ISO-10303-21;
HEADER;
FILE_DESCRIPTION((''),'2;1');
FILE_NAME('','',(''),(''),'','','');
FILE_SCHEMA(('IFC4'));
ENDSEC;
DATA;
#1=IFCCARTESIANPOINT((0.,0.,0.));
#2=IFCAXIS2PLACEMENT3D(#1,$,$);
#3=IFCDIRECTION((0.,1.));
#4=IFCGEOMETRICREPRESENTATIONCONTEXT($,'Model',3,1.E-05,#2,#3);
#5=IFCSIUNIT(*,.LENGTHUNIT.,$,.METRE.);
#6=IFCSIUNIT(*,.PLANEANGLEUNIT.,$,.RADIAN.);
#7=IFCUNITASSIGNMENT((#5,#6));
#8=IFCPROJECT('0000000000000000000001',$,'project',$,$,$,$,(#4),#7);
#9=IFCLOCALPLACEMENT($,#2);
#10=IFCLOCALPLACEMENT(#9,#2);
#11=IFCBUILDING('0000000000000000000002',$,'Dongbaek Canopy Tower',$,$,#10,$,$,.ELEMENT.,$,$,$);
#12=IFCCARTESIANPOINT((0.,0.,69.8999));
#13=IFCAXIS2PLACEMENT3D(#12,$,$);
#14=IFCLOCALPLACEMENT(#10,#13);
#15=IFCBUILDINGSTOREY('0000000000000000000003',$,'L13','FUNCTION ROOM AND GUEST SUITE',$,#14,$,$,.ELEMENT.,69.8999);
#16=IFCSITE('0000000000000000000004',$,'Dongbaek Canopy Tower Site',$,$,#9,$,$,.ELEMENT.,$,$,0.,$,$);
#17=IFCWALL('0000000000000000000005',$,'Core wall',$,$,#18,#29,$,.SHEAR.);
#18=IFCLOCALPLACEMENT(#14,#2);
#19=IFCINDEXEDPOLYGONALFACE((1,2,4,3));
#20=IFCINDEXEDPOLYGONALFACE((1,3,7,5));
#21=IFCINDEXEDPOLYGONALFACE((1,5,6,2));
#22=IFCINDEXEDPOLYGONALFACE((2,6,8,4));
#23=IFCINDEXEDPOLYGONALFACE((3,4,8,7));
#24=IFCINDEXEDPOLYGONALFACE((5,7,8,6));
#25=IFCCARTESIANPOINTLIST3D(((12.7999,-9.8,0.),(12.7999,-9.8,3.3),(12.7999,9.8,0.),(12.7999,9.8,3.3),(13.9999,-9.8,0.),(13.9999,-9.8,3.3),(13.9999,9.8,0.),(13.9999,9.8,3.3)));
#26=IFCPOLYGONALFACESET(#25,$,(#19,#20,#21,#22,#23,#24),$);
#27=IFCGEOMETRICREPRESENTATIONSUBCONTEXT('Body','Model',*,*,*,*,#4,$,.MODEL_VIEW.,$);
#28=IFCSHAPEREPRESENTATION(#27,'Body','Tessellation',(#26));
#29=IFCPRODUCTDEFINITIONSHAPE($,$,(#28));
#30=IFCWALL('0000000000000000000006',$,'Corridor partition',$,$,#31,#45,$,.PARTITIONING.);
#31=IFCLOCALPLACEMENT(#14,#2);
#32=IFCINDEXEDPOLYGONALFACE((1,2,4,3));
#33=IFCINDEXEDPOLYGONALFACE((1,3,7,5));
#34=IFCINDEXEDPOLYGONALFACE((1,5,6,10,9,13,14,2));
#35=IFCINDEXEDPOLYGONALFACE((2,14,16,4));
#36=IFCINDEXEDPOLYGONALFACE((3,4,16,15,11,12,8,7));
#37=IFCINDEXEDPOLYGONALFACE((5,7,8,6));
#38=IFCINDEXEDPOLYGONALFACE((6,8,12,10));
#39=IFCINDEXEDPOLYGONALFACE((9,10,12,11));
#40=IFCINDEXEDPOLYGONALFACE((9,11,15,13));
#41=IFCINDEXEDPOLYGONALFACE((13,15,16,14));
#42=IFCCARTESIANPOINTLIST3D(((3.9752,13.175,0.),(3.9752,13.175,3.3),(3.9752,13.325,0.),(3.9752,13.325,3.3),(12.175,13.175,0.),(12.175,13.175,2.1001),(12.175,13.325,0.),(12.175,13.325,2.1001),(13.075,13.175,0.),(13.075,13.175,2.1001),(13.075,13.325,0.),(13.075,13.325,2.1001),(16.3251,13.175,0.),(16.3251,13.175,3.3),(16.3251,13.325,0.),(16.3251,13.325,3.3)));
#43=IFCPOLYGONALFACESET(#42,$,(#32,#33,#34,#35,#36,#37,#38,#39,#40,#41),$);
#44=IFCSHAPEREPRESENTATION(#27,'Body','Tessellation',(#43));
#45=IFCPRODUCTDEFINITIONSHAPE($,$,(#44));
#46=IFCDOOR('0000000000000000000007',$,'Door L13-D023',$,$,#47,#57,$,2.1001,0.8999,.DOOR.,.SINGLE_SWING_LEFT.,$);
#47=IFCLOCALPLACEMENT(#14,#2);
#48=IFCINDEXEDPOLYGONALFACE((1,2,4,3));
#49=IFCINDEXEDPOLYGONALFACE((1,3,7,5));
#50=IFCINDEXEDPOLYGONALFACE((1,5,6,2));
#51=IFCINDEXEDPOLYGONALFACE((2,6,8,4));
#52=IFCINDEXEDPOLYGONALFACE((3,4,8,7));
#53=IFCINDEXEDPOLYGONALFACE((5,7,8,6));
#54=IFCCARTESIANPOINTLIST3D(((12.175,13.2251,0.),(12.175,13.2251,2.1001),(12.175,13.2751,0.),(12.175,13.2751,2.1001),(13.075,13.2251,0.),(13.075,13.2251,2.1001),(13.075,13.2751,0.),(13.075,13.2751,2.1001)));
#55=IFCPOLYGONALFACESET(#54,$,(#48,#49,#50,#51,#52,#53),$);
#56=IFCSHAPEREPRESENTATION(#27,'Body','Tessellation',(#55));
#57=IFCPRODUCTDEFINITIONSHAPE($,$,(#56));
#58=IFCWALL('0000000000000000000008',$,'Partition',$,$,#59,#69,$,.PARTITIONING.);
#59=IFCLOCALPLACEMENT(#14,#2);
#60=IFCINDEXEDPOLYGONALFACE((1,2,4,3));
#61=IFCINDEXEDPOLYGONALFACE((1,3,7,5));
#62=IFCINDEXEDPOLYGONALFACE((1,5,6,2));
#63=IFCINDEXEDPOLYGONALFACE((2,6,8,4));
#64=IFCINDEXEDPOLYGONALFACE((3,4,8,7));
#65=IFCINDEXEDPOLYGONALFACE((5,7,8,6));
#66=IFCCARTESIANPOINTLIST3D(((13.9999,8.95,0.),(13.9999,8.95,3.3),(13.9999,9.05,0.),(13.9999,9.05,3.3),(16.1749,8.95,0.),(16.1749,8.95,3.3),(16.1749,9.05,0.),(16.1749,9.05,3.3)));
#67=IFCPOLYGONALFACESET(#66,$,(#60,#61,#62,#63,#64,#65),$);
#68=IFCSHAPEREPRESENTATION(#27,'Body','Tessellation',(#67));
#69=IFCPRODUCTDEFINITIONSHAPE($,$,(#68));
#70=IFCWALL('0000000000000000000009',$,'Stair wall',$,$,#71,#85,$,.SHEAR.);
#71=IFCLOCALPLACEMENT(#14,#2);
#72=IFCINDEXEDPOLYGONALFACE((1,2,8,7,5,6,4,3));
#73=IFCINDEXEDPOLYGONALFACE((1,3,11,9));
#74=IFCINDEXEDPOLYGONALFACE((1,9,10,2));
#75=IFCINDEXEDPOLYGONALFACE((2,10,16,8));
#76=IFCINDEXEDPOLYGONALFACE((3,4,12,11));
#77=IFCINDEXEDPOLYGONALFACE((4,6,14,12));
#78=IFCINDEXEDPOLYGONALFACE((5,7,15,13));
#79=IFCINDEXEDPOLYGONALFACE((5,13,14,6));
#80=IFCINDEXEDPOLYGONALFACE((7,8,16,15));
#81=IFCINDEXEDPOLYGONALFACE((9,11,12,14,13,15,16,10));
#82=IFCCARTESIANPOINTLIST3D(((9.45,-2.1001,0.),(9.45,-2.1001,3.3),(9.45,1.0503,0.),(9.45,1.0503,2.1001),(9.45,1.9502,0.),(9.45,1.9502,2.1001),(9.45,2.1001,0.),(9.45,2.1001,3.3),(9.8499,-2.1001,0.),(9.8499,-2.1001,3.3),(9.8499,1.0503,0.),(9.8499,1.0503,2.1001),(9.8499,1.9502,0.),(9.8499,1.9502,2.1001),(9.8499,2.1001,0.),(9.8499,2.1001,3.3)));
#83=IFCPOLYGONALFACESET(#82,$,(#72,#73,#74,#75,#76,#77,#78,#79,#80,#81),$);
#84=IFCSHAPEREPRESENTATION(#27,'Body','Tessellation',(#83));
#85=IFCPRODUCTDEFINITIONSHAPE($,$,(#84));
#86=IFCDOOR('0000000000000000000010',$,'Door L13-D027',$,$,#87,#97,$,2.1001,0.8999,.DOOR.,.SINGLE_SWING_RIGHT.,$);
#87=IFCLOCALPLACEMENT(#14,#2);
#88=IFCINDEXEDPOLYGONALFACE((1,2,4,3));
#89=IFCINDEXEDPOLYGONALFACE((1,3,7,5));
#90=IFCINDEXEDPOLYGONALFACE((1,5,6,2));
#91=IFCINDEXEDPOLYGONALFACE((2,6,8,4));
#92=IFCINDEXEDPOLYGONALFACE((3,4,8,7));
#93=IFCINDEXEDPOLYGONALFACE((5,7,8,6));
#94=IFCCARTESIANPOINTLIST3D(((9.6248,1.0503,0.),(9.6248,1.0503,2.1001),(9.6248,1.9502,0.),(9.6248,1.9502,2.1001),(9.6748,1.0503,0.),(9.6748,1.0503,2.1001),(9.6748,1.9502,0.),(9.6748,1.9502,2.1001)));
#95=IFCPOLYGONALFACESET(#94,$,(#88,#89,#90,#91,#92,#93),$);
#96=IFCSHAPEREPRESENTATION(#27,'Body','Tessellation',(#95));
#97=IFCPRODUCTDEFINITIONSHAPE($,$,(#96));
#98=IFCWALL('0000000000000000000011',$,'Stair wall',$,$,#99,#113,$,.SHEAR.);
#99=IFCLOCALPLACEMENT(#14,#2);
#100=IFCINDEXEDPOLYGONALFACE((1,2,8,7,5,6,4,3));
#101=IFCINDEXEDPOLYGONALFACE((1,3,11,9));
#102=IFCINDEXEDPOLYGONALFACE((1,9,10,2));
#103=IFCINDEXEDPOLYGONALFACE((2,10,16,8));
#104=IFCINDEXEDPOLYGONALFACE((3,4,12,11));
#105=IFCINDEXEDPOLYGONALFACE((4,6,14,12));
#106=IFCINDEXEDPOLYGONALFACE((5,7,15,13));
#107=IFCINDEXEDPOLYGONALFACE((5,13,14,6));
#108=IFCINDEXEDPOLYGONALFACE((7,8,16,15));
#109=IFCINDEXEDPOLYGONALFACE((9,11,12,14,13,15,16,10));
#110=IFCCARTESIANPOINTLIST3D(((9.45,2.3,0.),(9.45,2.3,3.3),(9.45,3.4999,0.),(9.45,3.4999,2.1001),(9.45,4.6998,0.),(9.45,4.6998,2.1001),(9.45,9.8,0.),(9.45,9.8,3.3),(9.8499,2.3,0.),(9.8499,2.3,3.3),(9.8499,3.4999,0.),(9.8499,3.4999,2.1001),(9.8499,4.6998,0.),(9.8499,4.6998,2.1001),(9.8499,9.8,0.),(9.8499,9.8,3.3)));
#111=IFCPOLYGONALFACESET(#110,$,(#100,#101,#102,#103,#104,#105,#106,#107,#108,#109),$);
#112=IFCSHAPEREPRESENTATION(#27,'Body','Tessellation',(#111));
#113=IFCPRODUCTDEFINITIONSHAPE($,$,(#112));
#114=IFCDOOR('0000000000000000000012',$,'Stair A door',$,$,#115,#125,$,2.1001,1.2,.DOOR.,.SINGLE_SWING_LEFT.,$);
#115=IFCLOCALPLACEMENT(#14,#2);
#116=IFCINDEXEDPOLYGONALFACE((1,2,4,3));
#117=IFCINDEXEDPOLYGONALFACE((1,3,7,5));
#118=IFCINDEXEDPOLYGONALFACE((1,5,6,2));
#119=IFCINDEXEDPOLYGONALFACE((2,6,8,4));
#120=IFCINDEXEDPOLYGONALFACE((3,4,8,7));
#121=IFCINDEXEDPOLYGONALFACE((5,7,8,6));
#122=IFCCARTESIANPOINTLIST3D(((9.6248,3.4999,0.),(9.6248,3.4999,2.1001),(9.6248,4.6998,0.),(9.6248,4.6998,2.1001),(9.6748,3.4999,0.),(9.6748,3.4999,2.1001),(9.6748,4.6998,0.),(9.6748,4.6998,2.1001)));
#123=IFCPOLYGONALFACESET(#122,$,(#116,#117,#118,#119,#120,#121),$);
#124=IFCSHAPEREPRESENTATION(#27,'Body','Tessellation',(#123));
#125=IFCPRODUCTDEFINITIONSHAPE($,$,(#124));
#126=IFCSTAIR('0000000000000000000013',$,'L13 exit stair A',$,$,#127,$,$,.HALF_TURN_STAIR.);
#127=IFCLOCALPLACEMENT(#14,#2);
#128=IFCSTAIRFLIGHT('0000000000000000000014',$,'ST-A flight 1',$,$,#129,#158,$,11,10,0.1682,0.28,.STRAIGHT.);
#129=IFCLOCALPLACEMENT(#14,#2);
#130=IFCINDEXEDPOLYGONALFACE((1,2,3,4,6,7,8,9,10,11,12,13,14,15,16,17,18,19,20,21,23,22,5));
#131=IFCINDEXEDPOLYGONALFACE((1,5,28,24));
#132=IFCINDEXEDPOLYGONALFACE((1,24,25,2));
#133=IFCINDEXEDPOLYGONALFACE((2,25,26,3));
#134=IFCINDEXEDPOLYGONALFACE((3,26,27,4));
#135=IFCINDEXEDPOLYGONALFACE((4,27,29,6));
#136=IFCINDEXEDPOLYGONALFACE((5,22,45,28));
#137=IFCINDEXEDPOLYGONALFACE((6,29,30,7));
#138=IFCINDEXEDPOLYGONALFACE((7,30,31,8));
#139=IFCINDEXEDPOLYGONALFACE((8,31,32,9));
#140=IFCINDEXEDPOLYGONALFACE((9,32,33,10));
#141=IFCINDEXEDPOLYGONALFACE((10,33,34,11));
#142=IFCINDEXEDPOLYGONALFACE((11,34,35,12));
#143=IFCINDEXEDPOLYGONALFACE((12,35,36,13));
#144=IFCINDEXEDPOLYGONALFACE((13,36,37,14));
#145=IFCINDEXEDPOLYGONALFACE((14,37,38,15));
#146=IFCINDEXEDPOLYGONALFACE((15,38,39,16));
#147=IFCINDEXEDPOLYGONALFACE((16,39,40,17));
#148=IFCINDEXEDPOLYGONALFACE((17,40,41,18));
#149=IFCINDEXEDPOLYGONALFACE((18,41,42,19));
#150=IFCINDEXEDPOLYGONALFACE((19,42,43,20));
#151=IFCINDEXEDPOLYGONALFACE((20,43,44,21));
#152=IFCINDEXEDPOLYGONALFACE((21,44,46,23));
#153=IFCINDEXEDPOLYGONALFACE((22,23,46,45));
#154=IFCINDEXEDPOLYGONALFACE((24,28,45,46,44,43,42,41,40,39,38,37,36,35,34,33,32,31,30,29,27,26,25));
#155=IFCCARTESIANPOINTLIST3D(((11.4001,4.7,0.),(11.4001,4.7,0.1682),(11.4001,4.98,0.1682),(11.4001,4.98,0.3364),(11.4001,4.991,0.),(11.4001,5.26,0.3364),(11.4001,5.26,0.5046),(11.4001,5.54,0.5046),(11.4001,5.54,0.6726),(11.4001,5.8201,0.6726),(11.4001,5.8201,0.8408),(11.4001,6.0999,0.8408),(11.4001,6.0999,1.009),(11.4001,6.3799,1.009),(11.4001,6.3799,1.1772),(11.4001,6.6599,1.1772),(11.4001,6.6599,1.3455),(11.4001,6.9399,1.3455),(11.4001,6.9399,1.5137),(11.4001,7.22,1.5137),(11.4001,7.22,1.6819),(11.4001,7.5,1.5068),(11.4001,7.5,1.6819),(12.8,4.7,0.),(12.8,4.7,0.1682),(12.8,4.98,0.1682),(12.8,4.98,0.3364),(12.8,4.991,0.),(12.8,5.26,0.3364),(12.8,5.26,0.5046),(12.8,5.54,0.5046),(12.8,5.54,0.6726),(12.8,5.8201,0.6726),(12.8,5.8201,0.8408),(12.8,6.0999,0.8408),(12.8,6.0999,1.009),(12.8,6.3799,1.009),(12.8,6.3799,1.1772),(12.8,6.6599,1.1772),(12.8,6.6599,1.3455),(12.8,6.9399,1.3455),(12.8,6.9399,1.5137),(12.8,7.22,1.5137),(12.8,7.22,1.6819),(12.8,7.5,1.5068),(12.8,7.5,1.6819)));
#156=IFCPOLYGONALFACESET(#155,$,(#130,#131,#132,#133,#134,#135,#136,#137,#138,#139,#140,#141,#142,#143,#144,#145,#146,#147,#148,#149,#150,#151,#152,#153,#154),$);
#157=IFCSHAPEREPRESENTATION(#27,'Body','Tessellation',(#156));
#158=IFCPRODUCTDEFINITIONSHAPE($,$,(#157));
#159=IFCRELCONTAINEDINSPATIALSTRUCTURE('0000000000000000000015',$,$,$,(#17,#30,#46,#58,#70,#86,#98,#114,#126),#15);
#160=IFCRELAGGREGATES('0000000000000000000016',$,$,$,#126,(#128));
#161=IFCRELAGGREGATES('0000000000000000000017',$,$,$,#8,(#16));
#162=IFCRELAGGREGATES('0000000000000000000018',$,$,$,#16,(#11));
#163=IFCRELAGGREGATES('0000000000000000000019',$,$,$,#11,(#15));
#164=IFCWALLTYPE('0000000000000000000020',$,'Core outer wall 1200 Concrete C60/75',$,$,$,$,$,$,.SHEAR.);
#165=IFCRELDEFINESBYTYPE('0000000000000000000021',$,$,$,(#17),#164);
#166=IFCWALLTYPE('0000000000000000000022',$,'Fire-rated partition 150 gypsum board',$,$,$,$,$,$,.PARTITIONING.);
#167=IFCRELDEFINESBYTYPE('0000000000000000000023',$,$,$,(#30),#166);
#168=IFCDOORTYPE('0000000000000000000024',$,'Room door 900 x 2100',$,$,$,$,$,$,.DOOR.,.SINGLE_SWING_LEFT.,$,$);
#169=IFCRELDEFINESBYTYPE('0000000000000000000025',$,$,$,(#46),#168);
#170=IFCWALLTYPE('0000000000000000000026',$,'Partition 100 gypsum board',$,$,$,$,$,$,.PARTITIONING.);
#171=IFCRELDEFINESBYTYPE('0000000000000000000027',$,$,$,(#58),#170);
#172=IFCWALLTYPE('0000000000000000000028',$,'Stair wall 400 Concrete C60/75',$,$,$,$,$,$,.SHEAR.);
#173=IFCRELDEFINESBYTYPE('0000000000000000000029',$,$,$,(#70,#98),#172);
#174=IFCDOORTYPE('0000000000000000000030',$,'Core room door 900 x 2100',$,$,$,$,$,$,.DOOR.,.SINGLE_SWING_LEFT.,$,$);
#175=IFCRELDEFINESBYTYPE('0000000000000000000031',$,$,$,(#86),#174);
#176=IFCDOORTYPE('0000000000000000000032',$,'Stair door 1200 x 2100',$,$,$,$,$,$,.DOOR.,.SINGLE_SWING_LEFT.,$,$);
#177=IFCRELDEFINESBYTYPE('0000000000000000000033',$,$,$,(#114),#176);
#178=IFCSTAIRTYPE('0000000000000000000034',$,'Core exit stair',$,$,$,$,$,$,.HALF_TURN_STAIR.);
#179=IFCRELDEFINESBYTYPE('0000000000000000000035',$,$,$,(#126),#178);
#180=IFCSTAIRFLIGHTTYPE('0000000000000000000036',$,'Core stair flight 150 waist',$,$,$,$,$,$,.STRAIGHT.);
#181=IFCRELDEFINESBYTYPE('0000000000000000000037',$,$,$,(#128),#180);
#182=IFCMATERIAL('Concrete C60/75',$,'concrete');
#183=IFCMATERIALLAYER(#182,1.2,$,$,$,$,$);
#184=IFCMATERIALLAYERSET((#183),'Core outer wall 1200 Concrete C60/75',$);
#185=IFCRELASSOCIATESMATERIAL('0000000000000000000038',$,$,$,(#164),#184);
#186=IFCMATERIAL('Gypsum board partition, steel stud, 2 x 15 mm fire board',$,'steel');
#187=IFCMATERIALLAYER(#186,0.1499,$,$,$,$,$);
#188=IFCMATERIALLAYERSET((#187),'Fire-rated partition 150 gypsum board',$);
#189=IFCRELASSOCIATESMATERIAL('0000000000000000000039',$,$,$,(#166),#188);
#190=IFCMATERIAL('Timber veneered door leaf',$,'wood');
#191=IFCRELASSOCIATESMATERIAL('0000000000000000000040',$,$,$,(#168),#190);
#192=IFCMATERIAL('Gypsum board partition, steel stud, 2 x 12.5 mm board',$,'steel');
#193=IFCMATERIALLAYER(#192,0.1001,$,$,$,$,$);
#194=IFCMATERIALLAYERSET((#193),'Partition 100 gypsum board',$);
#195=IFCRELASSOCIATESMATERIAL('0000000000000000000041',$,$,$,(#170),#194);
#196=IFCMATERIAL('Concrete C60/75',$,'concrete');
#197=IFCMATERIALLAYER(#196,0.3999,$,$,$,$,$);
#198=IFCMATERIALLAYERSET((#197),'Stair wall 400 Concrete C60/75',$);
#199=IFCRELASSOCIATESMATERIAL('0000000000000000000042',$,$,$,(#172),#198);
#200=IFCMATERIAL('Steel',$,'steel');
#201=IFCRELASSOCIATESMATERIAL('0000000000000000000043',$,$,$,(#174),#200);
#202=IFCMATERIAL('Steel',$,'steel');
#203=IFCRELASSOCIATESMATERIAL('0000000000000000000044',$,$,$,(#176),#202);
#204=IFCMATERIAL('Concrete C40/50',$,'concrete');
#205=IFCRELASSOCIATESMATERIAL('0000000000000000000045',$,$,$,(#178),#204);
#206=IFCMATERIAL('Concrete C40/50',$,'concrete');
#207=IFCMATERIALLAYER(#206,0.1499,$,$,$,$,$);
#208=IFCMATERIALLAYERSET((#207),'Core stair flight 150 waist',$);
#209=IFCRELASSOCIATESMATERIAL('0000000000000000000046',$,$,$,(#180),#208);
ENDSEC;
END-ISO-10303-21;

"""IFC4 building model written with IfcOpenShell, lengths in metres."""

from ifc_helpers import new_model, si_unit, direction, frame, frame_2d, origin, place, context, subcontext, project, spatial, polyline, rectangle, outline, extrude, material, layer, layer_set, type_object, element, fill, aggregate, save


model = new_model("IFC4")

# Units and contexts
model_context = context("Model", 3, precision=1e-05, world=origin(), true_north=direction((0.0, 1.0)))
body_context = subcontext(model_context, "Body", "Model", "MODEL_VIEW")
ifc_project = project(units=[si_unit("LENGTHUNIT", "METRE"), si_unit("PLANEANGLEUNIT", "RADIAN")], contexts=[model_context])

# Site, building, storey
site_placement = place(None, origin())
site = spatial("IfcSite", under=ifc_project, at=site_placement, Name="Dongbaek Canopy Tower Site", CompositionType="ELEMENT", RefElevation=0.0)
building_placement = place(site_placement, origin())
building = spatial("IfcBuilding", under=site, at=building_placement, Name="Dongbaek Canopy Tower", CompositionType="ELEMENT")
storey_placement = place(building_placement, frame((0.0, 0.0, 69.8999)))
storey = spatial("IfcBuildingStorey", under=building, at=storey_placement, Name="L13", Description="FUNCTION ROOM AND GUEST SUITE", CompositionType="ELEMENT", Elevation=69.8999)

# Wall
ifc_material_1 = material(Name="Concrete C60/75", Category="concrete")
ifc_layer_1 = layer(ifc_material_1, 1.2)
ifc_layer_set_1 = layer_set([ifc_layer_1], Name="Core outer wall 1200 Concrete C60/75")
wall_type_1 = type_object("IfcWallType", Name="Core outer wall 1200 Concrete C60/75", PredefinedType="SHEAR", material=ifc_layer_set_1)
wall_1_placement = place(storey_placement, frame((13.3999, 9.8, 0.0), z_axis=(0.0, 0.0, 1.0), x_axis=(0.0, -1.0, 0.0)))
element("IfcWall", 1, at=wall_1_placement, inside=storey, type_object=wall_type_1, Name="Core wall", PredefinedType="SHEAR", context=body_context, shape_type="SweptSolid", body=[
    extrude(rectangle(XDim=19.6001, YDim=1.2, at=frame_2d((9.8, 0.0))), origin(), (0.0, 0.0, 1.0), 3.3),
])

# Wall, opening, door
ifc_material_2 = material(Name="Gypsum board partition, steel stud, 2 x 15 mm fire board", Category="steel")
ifc_layer_2 = layer(ifc_material_2, 0.1499)
ifc_layer_set_2 = layer_set([ifc_layer_2], Name="Fire-rated partition 150 gypsum board")
wall_type_2 = type_object("IfcWallType", Name="Fire-rated partition 150 gypsum board", PredefinedType="PARTITIONING", material=ifc_layer_set_2)
wall_2_placement = place(storey_placement, frame((16.325, 13.25, 0.0), z_axis=(0.0, 0.0, 1.0), x_axis=(-1.0, 0.0, 0.0)))
wall_2 = element("IfcWall", 2, at=wall_2_placement, inside=storey, type_object=wall_type_2, Name="Corridor partition", PredefinedType="PARTITIONING", context=body_context, shape_type="SweptSolid", body=[
    extrude(rectangle(XDim=12.3499, YDim=0.1499, at=frame_2d((6.1748, 0.0))), origin(), (0.0, 0.0, 1.0), 3.3),
])
opening_1_placement = place(wall_2_placement, frame((3.25, 0.0, 0.0)))
opening_1 = element("IfcOpeningElement", 3, at=opening_1_placement, cuts=wall_2, PredefinedType="OPENING", context=body_context, shape_type="SweptSolid", body=[
    extrude(rectangle(XDim=0.8999, YDim=2.1001, at=frame_2d((0.45, 1.05))), frame((0.0, 0.085, 0.0), z_axis=(0.0, -1.0, 0.0), x_axis=(1.0, 0.0, 0.0)), (0.0, 0.0, 1.0), 0.1699),
])
ifc_material_3 = material(Name="Timber veneered door leaf", Category="wood")
door_type_1 = type_object("IfcDoorType", Name="Room door 900 x 2100", OperationType="SINGLE_SWING_LEFT", PredefinedType="DOOR", material=ifc_material_3)
door_1_placement = place(opening_1_placement, origin())
door_1 = element("IfcDoor", 4, at=door_1_placement, inside=storey, type_object=door_type_1, Name="Door L13-D023", OperationType="SINGLE_SWING_LEFT", OverallHeight=2.1001, OverallWidth=0.8999, PredefinedType="DOOR", context=body_context, shape_type="SweptSolid", body=[
    extrude(rectangle(XDim=0.8999, YDim=2.1001, at=frame_2d((0.45, 1.05))), frame((0.0, 0.0249, 0.0), z_axis=(0.0, -1.0, 0.0), x_axis=(1.0, 0.0, 0.0)), (0.0, 0.0, 1.0), 0.05),
])
fill(opening_1, door_1)

# Wall
ifc_material_4 = material(Name="Gypsum board partition, steel stud, 2 x 12.5 mm board", Category="steel")
ifc_layer_3 = layer(ifc_material_4, 0.1001)
ifc_layer_set_3 = layer_set([ifc_layer_3], Name="Partition 100 gypsum board")
wall_type_3 = type_object("IfcWallType", Name="Partition 100 gypsum board", PredefinedType="PARTITIONING", material=ifc_layer_set_3)
wall_3_placement = place(storey_placement, frame((14.0, 9.0, 0.0), z_axis=(0.0, 0.0, 1.0), x_axis=(1.0, 0.0, 0.0)))
element("IfcWall", 5, at=wall_3_placement, inside=storey, type_object=wall_type_3, Name="Partition", PredefinedType="PARTITIONING", context=body_context, shape_type="SweptSolid", body=[
    extrude(rectangle(XDim=2.175, YDim=0.1001, at=frame_2d((1.0874, 0.0))), origin(), (0.0, 0.0, 1.0), 3.3),
])

# Walls, openings, doors
ifc_material_5 = material(Name="Concrete C60/75", Category="concrete")
ifc_layer_4 = layer(ifc_material_5, 0.3999)
ifc_layer_set_4 = layer_set([ifc_layer_4], Name="Stair wall 400 Concrete C60/75")
wall_type_4 = type_object("IfcWallType", Name="Stair wall 400 Concrete C60/75", PredefinedType="SHEAR", material=ifc_layer_set_4)
wall_4_placement = place(storey_placement, frame((9.6499, 2.1001, 0.0), z_axis=(0.0, 0.0, 1.0), x_axis=(0.0, -1.0, 0.0)))
wall_4 = element("IfcWall", 6, at=wall_4_placement, inside=storey, type_object=wall_type_4, Name="Stair wall", PredefinedType="SHEAR", context=body_context, shape_type="SweptSolid", body=[
    extrude(rectangle(XDim=4.2002, YDim=0.3999, at=frame_2d((2.1001, 0.0))), origin(), (0.0, 0.0, 1.0), 3.3),
])
opening_2_placement = place(wall_4_placement, frame((0.1499, 0.0, 0.0)))
opening_2 = element("IfcOpeningElement", 7, at=opening_2_placement, cuts=wall_4, PredefinedType="OPENING", context=body_context, shape_type="SweptSolid", body=[
    extrude(rectangle(XDim=0.8999, YDim=2.1001, at=frame_2d((0.45, 1.05))), frame((0.0, 0.21, 0.0), z_axis=(0.0, -1.0, 0.0), x_axis=(1.0, 0.0, 0.0)), (0.0, 0.0, 1.0), 0.4199),
])
ifc_material_6 = material(Name="Steel", Category="steel")
door_type_2 = type_object("IfcDoorType", Name="Core room door 900 x 2100", OperationType="SINGLE_SWING_LEFT", PredefinedType="DOOR", material=ifc_material_6)
door_2_placement = place(opening_2_placement, origin())
door_2 = element("IfcDoor", 8, at=door_2_placement, inside=storey, type_object=door_type_2, Name="Door L13-D027", OperationType="SINGLE_SWING_RIGHT", OverallHeight=2.1001, OverallWidth=0.8999, PredefinedType="DOOR", context=body_context, shape_type="SweptSolid", body=[
    extrude(rectangle(XDim=0.8999, YDim=2.1001, at=frame_2d((0.45, 1.05))), frame((0.0, 0.0249, 0.0), z_axis=(0.0, -1.0, 0.0), x_axis=(1.0, 0.0, 0.0)), (0.0, 0.0, 1.0), 0.05),
])
fill(opening_2, door_2)
wall_5_placement = place(storey_placement, frame((9.6499, 9.8, 0.0), z_axis=(0.0, 0.0, 1.0), x_axis=(0.0, -1.0, 0.0)))
wall_5 = element("IfcWall", 9, at=wall_5_placement, inside=storey, type_object=wall_type_4, Name="Stair wall", PredefinedType="SHEAR", context=body_context, shape_type="SweptSolid", body=[
    extrude(rectangle(XDim=7.5, YDim=0.3999, at=frame_2d((3.75, 0.0))), origin(), (0.0, 0.0, 1.0), 3.3),
])
opening_3_placement = place(wall_5_placement, frame((5.1001, 0.0, 0.0)))
opening_3 = element("IfcOpeningElement", 10, at=opening_3_placement, cuts=wall_5, PredefinedType="OPENING", context=body_context, shape_type="SweptSolid", body=[
    extrude(rectangle(XDim=1.2, YDim=2.1001, at=frame_2d((0.6001, 1.05))), frame((0.0, 0.21, 0.0), z_axis=(0.0, -1.0, 0.0), x_axis=(1.0, 0.0, 0.0)), (0.0, 0.0, 1.0), 0.4199),
])
ifc_material_7 = material(Name="Steel", Category="steel")
door_type_3 = type_object("IfcDoorType", Name="Stair door 1200 x 2100", OperationType="SINGLE_SWING_LEFT", PredefinedType="DOOR", material=ifc_material_7)
door_3_placement = place(opening_3_placement, origin())
door_3 = element("IfcDoor", 11, at=door_3_placement, inside=storey, type_object=door_type_3, Name="Stair A door", OperationType="SINGLE_SWING_LEFT", OverallHeight=2.1001, OverallWidth=1.2, PredefinedType="DOOR", context=body_context, shape_type="SweptSolid", body=[
    extrude(rectangle(XDim=1.2, YDim=2.1001, at=frame_2d((0.6001, 1.05))), frame((0.0, 0.0249, 0.0), z_axis=(0.0, -1.0, 0.0), x_axis=(1.0, 0.0, 0.0)), (0.0, 0.0, 1.0), 0.05),
])
fill(opening_3, door_3)

# Stair, stair flight
ifc_material_8 = material(Name="Concrete C40/50", Category="concrete")
stair_type = type_object("IfcStairType", Name="Core exit stair", PredefinedType="HALF_TURN_STAIR", material=ifc_material_8)
stair_placement = place(storey_placement, origin())
stair = element("IfcStair", 12, at=stair_placement, inside=storey, type_object=stair_type, Name="L13 exit stair A", PredefinedType="HALF_TURN_STAIR")
ifc_material_9 = material(Name="Concrete C40/50", Category="concrete")
ifc_layer_5 = layer(ifc_material_9, 0.1499)
ifc_layer_set_5 = layer_set([ifc_layer_5], Name="Core stair flight 150 waist")
stair_flight_type = type_object("IfcStairFlightType", Name="Core stair flight 150 waist", PredefinedType="STRAIGHT", material=ifc_layer_set_5)
stair_flight_1_placement = place(storey_placement, frame((12.1001, 4.7, 0.0), z_axis=(0.0, 0.0, 1.0), x_axis=(0.0, 1.0, 0.0)))
stair_flight_1 = element("IfcStairFlight", 13, at=stair_flight_1_placement, type_object=stair_flight_type, Name="ST-A flight 1", NumberOfRisers=11, NumberOfTreads=10, PredefinedType="STRAIGHT", RiserHeight=0.1682, TreadLength=0.28, context=body_context, shape_type="SweptSolid", body=[
    extrude(outline(polyline([(0.0, 0.0), (0.0, 0.1682), (0.28, 0.1682), (0.28, 0.3364), (0.5601, 0.3364), (0.5601, 0.5046), (0.8401, 0.5046), (0.8401, 0.6726), (1.1201, 0.6726), (1.1201, 0.8408), (1.3999, 0.8408), (1.3999, 1.009), (1.6799, 1.009), (1.6799, 1.1772), (1.96, 1.1772), (1.96, 1.3455), (2.24, 1.3455), (2.24, 1.5137), (2.52, 1.5137), (2.52, 1.6819), (2.8, 1.6819), (2.8, 1.8501), (2.8, 1.5068), (0.291, 0.0), (0.0, 0.0)])), frame((0.0, 0.7, 0.0), z_axis=(0.0, -1.0, 0.0), x_axis=(1.0, 0.0, 0.0)), (0.0, 0.0, 1.0), 1.3999),
])
aggregate(stair, [stair_flight_1])

save(model, "model.ifc")
